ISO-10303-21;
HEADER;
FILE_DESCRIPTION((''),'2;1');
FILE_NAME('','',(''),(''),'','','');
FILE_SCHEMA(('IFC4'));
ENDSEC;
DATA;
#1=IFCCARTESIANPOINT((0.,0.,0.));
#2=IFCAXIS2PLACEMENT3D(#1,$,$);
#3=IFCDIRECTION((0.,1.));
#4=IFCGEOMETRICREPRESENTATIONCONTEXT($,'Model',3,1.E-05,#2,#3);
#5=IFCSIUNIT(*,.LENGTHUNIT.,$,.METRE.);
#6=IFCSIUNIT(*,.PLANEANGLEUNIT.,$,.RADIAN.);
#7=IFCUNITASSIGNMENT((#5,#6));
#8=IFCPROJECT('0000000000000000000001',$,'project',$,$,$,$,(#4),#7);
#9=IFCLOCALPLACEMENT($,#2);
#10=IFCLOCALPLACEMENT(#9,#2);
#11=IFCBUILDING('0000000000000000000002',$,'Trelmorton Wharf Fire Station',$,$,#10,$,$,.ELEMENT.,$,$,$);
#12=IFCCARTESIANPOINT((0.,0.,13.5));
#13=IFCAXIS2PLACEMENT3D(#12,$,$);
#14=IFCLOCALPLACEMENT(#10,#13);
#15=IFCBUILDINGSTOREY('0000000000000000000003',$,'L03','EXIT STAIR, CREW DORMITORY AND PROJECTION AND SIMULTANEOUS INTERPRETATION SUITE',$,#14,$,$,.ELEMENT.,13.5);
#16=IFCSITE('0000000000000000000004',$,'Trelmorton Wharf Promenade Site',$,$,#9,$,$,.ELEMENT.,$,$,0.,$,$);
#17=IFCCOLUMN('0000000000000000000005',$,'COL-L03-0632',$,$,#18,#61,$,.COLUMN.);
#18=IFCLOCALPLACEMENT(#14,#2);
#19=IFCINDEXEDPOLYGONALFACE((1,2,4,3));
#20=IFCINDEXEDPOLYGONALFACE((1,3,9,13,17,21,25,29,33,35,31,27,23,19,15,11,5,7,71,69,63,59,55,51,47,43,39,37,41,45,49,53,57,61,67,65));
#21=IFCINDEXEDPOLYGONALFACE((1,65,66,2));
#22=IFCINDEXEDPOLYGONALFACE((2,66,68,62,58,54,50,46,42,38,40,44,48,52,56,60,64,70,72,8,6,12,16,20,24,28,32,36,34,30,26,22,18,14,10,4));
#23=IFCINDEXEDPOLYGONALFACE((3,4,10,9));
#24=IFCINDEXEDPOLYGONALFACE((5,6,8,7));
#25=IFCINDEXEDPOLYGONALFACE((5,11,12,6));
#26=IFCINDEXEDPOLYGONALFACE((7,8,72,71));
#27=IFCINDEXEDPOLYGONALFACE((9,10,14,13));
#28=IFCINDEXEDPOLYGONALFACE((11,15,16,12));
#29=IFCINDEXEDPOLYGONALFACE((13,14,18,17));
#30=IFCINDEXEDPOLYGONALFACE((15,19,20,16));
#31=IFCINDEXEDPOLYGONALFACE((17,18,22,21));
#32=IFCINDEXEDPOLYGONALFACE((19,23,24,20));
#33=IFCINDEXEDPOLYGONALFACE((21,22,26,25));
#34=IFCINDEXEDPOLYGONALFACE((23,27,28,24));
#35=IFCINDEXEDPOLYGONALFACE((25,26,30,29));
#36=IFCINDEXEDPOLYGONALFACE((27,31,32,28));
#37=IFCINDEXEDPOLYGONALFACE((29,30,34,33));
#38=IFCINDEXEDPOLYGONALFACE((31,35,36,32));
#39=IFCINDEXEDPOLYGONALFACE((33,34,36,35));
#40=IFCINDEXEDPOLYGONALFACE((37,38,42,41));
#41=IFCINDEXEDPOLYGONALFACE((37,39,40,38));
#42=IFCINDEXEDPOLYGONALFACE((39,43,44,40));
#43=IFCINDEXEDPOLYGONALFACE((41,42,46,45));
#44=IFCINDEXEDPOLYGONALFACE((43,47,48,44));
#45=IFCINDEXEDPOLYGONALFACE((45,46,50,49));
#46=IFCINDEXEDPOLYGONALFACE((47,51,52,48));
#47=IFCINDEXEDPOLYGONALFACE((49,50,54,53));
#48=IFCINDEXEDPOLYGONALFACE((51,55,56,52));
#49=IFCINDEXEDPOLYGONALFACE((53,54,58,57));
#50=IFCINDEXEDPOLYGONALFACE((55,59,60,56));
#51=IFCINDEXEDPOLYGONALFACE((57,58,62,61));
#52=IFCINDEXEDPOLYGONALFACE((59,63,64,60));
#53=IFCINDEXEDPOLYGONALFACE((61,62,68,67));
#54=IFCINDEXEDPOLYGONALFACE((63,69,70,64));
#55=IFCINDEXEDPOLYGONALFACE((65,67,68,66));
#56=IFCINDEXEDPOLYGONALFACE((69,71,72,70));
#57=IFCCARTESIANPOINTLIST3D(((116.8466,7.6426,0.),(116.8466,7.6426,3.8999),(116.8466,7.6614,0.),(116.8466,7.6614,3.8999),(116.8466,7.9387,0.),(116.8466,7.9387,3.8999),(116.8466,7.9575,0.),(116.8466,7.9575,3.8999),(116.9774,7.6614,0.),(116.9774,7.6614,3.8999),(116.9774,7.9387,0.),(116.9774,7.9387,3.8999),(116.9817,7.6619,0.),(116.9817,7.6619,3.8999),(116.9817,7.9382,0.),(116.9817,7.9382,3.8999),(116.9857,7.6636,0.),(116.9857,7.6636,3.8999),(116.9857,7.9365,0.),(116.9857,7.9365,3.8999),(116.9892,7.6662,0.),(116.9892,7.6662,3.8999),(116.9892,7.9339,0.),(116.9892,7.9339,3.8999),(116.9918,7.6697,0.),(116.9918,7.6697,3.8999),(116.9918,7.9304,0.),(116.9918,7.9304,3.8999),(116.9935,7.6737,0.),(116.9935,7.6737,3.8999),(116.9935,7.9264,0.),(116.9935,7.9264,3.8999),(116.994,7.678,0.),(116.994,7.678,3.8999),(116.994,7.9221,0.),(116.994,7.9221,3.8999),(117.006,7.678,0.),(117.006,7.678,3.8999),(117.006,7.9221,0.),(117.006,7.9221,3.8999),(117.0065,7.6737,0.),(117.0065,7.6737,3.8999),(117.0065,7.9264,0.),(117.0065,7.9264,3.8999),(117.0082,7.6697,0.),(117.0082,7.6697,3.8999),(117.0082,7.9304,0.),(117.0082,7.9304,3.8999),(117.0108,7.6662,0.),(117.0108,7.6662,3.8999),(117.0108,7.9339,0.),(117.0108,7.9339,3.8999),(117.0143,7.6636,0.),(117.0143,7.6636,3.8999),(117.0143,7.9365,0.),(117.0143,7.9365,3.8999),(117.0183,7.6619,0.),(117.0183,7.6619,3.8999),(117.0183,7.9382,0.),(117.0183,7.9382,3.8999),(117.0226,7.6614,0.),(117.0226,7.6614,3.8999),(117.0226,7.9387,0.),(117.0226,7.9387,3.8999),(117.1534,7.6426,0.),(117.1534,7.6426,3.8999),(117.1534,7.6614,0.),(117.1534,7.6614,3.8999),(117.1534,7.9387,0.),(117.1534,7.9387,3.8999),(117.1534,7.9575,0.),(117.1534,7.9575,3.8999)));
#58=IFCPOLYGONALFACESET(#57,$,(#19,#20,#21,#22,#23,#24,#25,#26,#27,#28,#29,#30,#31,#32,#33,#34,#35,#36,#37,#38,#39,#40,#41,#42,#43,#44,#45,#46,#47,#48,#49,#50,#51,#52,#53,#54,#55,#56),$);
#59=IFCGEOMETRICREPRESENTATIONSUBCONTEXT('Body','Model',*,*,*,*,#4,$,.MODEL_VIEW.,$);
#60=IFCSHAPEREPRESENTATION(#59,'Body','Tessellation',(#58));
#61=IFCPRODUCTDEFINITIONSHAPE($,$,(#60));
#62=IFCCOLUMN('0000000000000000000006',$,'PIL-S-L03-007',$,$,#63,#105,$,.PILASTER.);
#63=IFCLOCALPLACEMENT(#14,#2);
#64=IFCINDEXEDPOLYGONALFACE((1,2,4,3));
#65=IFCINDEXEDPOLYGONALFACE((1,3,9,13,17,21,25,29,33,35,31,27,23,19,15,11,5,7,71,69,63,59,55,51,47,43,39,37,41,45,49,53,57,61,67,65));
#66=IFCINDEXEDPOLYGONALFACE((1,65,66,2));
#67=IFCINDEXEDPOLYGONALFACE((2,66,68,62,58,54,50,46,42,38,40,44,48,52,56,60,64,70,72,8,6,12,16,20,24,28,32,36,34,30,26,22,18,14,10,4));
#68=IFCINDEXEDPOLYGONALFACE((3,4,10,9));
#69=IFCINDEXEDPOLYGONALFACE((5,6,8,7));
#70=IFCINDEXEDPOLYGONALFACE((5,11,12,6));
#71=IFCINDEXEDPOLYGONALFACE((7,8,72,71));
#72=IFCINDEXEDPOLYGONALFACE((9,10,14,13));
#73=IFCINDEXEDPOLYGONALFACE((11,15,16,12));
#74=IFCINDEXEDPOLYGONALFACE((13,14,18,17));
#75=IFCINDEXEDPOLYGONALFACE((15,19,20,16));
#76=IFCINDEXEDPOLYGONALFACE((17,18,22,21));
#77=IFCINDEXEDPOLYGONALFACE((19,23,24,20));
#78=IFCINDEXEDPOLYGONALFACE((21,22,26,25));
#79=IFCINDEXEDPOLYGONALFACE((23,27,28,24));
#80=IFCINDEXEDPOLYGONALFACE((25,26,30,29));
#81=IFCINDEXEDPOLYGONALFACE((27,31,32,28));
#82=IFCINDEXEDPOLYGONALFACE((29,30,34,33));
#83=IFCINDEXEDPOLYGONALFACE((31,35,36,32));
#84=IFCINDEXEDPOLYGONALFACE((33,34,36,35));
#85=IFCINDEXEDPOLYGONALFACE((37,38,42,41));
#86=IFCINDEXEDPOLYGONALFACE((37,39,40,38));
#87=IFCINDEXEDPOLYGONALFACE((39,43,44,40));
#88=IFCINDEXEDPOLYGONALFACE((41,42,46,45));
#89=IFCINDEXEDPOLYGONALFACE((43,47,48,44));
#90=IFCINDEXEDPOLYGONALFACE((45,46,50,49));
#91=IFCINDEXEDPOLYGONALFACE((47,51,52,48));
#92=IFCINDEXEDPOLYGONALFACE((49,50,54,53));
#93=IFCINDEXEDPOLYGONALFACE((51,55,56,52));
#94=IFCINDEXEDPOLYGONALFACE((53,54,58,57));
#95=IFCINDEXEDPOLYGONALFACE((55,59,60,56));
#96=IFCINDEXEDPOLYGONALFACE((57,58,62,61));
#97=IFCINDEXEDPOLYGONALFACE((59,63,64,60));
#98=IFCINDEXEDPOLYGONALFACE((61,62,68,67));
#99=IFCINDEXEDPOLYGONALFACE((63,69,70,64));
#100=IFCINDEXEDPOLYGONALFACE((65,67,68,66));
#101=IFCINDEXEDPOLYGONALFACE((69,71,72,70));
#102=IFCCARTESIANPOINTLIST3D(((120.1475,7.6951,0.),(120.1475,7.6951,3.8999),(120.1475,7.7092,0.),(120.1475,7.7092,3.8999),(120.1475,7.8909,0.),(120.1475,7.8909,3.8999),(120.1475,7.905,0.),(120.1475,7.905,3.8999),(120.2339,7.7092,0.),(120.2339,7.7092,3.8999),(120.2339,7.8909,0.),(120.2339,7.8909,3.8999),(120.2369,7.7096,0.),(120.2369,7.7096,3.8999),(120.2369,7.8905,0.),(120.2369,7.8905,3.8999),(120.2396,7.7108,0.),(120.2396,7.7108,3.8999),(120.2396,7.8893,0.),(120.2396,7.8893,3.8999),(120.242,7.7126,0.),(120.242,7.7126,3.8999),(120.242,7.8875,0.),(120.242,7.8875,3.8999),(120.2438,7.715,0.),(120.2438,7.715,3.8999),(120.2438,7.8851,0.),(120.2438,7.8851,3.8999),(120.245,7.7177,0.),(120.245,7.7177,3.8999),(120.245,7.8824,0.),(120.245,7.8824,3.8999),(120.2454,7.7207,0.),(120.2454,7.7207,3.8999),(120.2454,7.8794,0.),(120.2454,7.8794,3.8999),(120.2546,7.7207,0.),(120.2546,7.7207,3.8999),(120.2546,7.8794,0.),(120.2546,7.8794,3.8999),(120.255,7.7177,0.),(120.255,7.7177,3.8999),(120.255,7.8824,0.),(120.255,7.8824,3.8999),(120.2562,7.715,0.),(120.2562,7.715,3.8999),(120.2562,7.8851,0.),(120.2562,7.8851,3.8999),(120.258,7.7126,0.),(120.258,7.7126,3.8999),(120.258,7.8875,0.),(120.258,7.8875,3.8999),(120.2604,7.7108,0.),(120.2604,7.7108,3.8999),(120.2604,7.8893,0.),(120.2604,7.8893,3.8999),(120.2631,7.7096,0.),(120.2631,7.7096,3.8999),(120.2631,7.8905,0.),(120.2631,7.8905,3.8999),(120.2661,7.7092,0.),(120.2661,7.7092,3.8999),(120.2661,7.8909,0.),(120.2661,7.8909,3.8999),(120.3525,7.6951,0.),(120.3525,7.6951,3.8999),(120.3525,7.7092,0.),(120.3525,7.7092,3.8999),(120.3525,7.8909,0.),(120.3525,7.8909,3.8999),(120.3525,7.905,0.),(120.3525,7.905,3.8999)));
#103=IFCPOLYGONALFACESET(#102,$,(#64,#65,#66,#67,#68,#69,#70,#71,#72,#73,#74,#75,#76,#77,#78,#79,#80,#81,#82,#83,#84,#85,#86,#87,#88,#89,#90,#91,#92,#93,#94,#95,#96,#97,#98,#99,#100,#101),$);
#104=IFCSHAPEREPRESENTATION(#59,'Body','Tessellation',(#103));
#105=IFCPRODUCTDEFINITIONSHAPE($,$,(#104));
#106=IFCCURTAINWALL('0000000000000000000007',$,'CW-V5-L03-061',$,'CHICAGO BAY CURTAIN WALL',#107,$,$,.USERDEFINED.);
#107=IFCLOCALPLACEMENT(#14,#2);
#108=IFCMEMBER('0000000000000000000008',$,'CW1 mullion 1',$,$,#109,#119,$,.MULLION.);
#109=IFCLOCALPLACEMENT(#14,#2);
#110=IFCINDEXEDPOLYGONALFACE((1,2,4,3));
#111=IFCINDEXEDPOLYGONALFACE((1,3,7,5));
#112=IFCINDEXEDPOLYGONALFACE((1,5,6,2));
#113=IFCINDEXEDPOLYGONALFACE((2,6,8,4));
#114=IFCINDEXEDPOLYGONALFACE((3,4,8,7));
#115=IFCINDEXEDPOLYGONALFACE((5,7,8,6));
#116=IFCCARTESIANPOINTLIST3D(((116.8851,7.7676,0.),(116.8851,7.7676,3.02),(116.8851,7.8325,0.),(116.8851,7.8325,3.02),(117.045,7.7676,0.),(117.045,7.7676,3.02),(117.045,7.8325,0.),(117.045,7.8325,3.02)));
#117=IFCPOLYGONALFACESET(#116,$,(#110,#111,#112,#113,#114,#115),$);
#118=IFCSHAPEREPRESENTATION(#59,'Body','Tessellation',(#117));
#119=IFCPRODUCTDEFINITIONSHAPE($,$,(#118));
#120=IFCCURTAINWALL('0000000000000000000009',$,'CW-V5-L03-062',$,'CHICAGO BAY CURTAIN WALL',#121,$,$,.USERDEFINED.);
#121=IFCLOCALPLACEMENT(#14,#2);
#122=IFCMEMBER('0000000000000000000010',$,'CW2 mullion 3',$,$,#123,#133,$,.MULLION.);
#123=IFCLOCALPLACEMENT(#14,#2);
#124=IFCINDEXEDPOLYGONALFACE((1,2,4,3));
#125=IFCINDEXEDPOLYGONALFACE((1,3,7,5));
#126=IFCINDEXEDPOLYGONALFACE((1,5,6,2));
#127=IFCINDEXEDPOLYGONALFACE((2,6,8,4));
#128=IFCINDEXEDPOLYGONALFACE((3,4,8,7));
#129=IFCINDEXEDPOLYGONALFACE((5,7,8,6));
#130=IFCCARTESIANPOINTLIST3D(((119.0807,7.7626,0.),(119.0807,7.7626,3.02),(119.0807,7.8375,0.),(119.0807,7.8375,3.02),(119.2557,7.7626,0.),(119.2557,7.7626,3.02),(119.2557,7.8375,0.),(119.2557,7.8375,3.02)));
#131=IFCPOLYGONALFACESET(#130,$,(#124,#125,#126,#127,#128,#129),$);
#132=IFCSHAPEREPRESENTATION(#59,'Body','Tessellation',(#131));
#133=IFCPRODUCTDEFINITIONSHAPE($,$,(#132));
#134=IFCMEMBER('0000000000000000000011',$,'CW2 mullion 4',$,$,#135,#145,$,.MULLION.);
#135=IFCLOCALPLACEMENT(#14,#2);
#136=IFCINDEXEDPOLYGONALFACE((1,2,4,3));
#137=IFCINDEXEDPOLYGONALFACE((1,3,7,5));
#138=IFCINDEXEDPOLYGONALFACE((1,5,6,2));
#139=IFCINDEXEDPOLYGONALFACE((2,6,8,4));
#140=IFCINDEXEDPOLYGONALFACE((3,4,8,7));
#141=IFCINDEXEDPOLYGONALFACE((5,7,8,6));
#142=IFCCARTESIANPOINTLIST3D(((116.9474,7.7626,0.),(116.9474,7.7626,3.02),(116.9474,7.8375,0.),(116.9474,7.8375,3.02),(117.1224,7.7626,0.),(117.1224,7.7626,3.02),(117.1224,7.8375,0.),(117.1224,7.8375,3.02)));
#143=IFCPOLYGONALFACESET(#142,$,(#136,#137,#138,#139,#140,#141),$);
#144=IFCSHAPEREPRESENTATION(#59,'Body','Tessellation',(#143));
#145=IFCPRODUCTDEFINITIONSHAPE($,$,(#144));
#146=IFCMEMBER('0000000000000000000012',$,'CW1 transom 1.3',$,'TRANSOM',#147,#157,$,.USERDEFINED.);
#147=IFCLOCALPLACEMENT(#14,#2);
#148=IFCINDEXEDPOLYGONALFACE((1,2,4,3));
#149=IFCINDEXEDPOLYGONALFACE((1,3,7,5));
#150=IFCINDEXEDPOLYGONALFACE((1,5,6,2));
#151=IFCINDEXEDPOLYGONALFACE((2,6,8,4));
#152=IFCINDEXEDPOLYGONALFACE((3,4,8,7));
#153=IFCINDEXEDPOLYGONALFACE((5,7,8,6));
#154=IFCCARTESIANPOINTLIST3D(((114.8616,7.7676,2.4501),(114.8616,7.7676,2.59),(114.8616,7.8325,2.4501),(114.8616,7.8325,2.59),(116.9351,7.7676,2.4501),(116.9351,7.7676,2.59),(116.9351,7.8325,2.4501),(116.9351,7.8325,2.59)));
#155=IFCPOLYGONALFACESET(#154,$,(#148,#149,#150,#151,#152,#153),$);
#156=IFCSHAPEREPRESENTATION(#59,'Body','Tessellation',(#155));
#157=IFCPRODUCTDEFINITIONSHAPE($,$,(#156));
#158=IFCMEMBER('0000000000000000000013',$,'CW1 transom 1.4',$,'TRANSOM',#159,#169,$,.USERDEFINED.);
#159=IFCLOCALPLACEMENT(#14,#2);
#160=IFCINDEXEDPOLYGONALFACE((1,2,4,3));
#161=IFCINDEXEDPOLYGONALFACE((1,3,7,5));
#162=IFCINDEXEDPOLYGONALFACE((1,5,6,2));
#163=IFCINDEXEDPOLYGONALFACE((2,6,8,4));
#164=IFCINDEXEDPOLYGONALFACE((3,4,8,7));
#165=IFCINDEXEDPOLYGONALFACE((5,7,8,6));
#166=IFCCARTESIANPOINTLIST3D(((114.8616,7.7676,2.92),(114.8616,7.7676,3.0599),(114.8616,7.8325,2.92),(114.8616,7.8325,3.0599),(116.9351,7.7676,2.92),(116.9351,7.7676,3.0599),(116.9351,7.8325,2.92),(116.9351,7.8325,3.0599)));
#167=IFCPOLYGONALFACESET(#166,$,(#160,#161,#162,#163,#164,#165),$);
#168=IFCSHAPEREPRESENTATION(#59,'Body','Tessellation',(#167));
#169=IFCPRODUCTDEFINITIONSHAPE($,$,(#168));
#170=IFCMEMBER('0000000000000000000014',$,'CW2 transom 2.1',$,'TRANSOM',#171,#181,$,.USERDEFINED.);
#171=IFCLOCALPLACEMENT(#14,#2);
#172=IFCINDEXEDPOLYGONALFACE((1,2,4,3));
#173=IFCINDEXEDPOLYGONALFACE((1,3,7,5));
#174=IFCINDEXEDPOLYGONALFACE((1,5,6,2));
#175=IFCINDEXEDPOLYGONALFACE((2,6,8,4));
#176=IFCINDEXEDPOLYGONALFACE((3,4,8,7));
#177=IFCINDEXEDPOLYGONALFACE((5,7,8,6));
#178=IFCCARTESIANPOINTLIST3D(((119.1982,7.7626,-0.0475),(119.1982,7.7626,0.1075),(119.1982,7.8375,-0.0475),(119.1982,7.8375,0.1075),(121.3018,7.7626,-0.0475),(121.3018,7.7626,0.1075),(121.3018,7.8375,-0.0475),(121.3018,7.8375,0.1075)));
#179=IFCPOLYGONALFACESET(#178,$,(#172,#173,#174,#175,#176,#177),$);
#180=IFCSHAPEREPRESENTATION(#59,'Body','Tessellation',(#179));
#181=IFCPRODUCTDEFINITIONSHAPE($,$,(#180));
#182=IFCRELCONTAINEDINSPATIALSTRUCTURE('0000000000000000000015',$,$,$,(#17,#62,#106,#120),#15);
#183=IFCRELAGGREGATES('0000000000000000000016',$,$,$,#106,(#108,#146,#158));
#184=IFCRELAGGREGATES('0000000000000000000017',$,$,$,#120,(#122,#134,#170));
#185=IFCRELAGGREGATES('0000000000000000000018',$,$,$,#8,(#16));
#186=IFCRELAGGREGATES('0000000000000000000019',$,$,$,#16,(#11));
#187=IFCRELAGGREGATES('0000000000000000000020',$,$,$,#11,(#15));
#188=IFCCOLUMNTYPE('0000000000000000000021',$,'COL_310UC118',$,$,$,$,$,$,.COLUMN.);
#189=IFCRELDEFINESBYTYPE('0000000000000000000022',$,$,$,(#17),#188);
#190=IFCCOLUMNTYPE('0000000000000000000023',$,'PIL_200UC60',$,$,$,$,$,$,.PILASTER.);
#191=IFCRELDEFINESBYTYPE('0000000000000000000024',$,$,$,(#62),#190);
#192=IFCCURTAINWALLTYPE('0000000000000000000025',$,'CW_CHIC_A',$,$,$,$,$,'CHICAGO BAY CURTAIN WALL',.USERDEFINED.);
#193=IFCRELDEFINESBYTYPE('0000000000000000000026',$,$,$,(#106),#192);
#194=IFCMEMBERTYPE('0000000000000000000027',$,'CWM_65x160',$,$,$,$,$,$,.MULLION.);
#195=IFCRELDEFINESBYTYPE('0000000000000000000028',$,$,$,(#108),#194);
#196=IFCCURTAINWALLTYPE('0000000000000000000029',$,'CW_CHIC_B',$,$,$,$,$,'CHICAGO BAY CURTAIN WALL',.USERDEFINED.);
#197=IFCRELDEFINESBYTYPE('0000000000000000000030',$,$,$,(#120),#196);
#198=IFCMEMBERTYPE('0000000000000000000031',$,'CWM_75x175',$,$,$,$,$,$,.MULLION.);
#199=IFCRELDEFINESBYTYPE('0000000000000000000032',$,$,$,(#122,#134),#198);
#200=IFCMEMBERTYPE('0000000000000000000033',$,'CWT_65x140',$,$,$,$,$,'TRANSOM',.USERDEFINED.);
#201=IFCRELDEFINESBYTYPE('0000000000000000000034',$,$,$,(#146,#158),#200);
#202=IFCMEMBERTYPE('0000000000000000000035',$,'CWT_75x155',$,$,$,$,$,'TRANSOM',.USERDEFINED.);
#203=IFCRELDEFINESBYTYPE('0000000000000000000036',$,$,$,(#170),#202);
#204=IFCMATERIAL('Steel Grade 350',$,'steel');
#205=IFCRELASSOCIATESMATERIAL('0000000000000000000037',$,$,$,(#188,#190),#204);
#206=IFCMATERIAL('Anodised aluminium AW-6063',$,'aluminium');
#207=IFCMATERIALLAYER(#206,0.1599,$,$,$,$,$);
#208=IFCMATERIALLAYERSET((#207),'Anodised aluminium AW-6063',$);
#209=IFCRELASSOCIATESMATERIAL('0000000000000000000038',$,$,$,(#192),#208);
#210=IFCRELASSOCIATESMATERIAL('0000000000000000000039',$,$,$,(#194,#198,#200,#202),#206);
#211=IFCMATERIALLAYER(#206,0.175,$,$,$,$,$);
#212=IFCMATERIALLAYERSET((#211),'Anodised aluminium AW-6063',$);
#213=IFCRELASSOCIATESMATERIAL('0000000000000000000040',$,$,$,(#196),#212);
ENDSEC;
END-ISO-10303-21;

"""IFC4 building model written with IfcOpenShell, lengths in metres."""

from ifc_helpers import new_model, si_unit, direction, frame, origin, origin_2d, place, context, subcontext, project, spatial, rectangle, i_section, extrude, material, layer, layer_set, material_profile, profile_set, type_object, element, aggregate, save


model = new_model("IFC4")

# Units and contexts
model_context = context("Model", 3, precision=1e-05, world=origin(), true_north=direction((0.0, 1.0)))
body_context = subcontext(model_context, "Body", "Model", "MODEL_VIEW")
ifc_project = project(units=[si_unit("LENGTHUNIT", "METRE"), si_unit("PLANEANGLEUNIT", "RADIAN")], contexts=[model_context])

# Site, building, storey
site_placement = place(None, origin())
site = spatial("IfcSite", under=ifc_project, at=site_placement, Name="Trelmorton Wharf Promenade Site", CompositionType="ELEMENT", RefElevation=0.0)
building_placement = place(site_placement, origin())
building = spatial("IfcBuilding", under=site, at=building_placement, Name="Trelmorton Wharf Fire Station", CompositionType="ELEMENT")
storey_placement = place(building_placement, frame((0.0, 0.0, 13.5)))
storey = spatial("IfcBuildingStorey", under=building, at=storey_placement, Name="L03", Description="EXIT STAIR, CREW DORMITORY AND PROJECTION AND SIMULTANEOUS INTERPRETATION SUITE", CompositionType="ELEMENT", Elevation=13.5)

# Columns
ifc_material_1 = material(Name="Steel Grade 350", Category="steel")
ifc_material_profile_1 = material_profile(ifc_material_1, i_section(OverallWidth=0.3069, OverallDepth=0.3149, WebThickness=0.012, FlangeThickness=0.0188, FilletRadius=0.0166, at=origin_2d()), Name="310UC118")
ifc_profile_set_1 = profile_set([ifc_material_profile_1], Name="Steel Grade 350")
column_type_1 = type_object("IfcColumnType", Name="COL_310UC118", PredefinedType="COLUMN", material=ifc_profile_set_1)
column_1_placement = place(storey_placement, frame((117.0, 7.8, 0.0), z_axis=(0.0, 0.0, 1.0), x_axis=(1.0, 0.0, 0.0)))
element("IfcColumn", 1, at=column_1_placement, inside=storey, type_object=column_type_1, Name="COL-L03-0632", PredefinedType="COLUMN", context=body_context, shape_type="SweptSolid", body=[
    extrude(i_section(OverallWidth=0.3069, OverallDepth=0.3149, WebThickness=0.012, FlangeThickness=0.0188, FilletRadius=0.0166, at=origin_2d()), origin(), (0.0, 0.0, 1.0), 3.8999),
])
ifc_material_profile_2 = material_profile(ifc_material_1, i_section(OverallWidth=0.2051, OverallDepth=0.21, WebThickness=0.0093, FlangeThickness=0.0142, FilletRadius=0.0115, at=origin_2d()), Name="200UC59.5")
ifc_profile_set_2 = profile_set([ifc_material_profile_2], Name="Steel Grade 350")
column_type_2 = type_object("IfcColumnType", Name="PIL_200UC60", PredefinedType="PILASTER", material=ifc_profile_set_2)
column_2_placement = place(storey_placement, frame((120.25, 7.8, 0.0), z_axis=(0.0, 0.0, 1.0), x_axis=(1.0, 0.0, 0.0)))
element("IfcColumn", 2, at=column_2_placement, inside=storey, type_object=column_type_2, Name="PIL-S-L03-007", PredefinedType="PILASTER", context=body_context, shape_type="SweptSolid", body=[
    extrude(i_section(OverallWidth=0.2051, OverallDepth=0.21, WebThickness=0.0093, FlangeThickness=0.0142, FilletRadius=0.0115, at=origin_2d()), origin(), (0.0, 0.0, 1.0), 3.8999),
])

# Curtain wall, member
ifc_material_2 = material(Name="Anodised aluminium AW-6063", Category="aluminium")
ifc_layer_1 = layer(ifc_material_2, 0.1599)
ifc_layer_set_1 = layer_set([ifc_layer_1], Name="Anodised aluminium AW-6063")
curtain_wall_type_1 = type_object("IfcCurtainWallType", Name="CW_CHIC_A", ElementType="CHICAGO BAY CURTAIN WALL", PredefinedType="USERDEFINED", material=ifc_layer_set_1)
curtain_wall_1_placement = place(storey_placement, origin())
curtain_wall_1 = element("IfcCurtainWall", 3, at=curtain_wall_1_placement, inside=storey, type_object=curtain_wall_type_1, Name="CW-V5-L03-061", ObjectType="CHICAGO BAY CURTAIN WALL", PredefinedType="USERDEFINED")
ifc_material_profile_3 = material_profile(ifc_material_2, rectangle(XDim=0.0649, YDim=0.1599, at=origin_2d()), Name="ALU-65x160")
ifc_profile_set_3 = profile_set([ifc_material_profile_3], Name="Anodised aluminium AW-6063")
member_type_1 = type_object("IfcMemberType", Name="CWM_65x160", PredefinedType="MULLION", material=ifc_profile_set_3)
member_1_placement = place(storey_placement, frame((116.9651, 7.8, 0.0), z_axis=(0.0, 0.0, 1.0), x_axis=(0.0, -1.0, 0.0)))
member_1 = element("IfcMember", 4, at=member_1_placement, type_object=member_type_1, Name="CW1 mullion 1", PredefinedType="MULLION", context=body_context, shape_type="SweptSolid", body=[
    extrude(rectangle(XDim=0.0649, YDim=0.1599, at=origin_2d()), origin(), (0.0, 0.0, 1.0), 3.02),
])

# Curtain wall, members
ifc_layer_2 = layer(ifc_material_2, 0.175)
ifc_layer_set_2 = layer_set([ifc_layer_2], Name="Anodised aluminium AW-6063")
curtain_wall_type_2 = type_object("IfcCurtainWallType", Name="CW_CHIC_B", ElementType="CHICAGO BAY CURTAIN WALL", PredefinedType="USERDEFINED", material=ifc_layer_set_2)
curtain_wall_2_placement = place(storey_placement, origin())
curtain_wall_2 = element("IfcCurtainWall", 5, at=curtain_wall_2_placement, inside=storey, type_object=curtain_wall_type_2, Name="CW-V5-L03-062", ObjectType="CHICAGO BAY CURTAIN WALL", PredefinedType="USERDEFINED")
ifc_material_profile_4 = material_profile(ifc_material_2, rectangle(XDim=0.075, YDim=0.175, at=origin_2d()), Name="ALU-75x175")
ifc_profile_set_4 = profile_set([ifc_material_profile_4], Name="Anodised aluminium AW-6063")
member_type_2 = type_object("IfcMemberType", Name="CWM_75x175", PredefinedType="MULLION", material=ifc_profile_set_4)
member_2_placement = place(storey_placement, frame((119.1682, 7.8, 0.0), z_axis=(0.0, 0.0, 1.0), x_axis=(0.0, -1.0, 0.0)))
member_2 = element("IfcMember", 6, at=member_2_placement, type_object=member_type_2, Name="CW2 mullion 3", PredefinedType="MULLION", context=body_context, shape_type="SweptSolid", body=[
    extrude(rectangle(XDim=0.075, YDim=0.175, at=origin_2d()), origin(), (0.0, 0.0, 1.0), 3.02),
])
member_3_placement = place(storey_placement, frame((117.0349, 7.8, 0.0), z_axis=(0.0, 0.0, 1.0), x_axis=(0.0, -1.0, 0.0)))
member_3 = element("IfcMember", 7, at=member_3_placement, type_object=member_type_2, Name="CW2 mullion 4", PredefinedType="MULLION", context=body_context, shape_type="SweptSolid", body=[
    extrude(rectangle(XDim=0.075, YDim=0.175, at=origin_2d()), origin(), (0.0, 0.0, 1.0), 3.02),
])

# Members
ifc_material_profile_5 = material_profile(ifc_material_2, rectangle(XDim=0.0649, YDim=0.1399, at=origin_2d()), Name="ALU-65x140")
ifc_profile_set_5 = profile_set([ifc_material_profile_5], Name="Anodised aluminium AW-6063")
member_type_3 = type_object("IfcMemberType", Name="CWT_65x140", ElementType="TRANSOM", PredefinedType="USERDEFINED", material=ifc_profile_set_5)
member_4_placement = place(storey_placement, frame((116.9351, 7.8, 2.52), z_axis=(-1.0, 0.0, 0.0), x_axis=(0.0, -1.0, 0.0)))
member_4 = element("IfcMember", 8, at=member_4_placement, type_object=member_type_3, Name="CW1 transom 1.3", ObjectType="TRANSOM", PredefinedType="USERDEFINED", context=body_context, shape_type="SweptSolid", body=[
    extrude(rectangle(XDim=0.0649, YDim=0.1399, at=origin_2d()), origin(), (0.0, 0.0, 1.0), 2.0735),
])
member_5_placement = place(storey_placement, frame((116.9351, 7.8, 2.99), z_axis=(-1.0, 0.0, 0.0), x_axis=(0.0, -1.0, 0.0)))
member_5 = element("IfcMember", 9, at=member_5_placement, type_object=member_type_3, Name="CW1 transom 1.4", ObjectType="TRANSOM", PredefinedType="USERDEFINED", context=body_context, shape_type="SweptSolid", body=[
    extrude(rectangle(XDim=0.0649, YDim=0.1399, at=origin_2d()), origin(), (0.0, 0.0, 1.0), 2.0735),
])
aggregate(curtain_wall_1, [member_1, member_4, member_5])
ifc_material_profile_6 = material_profile(ifc_material_2, rectangle(XDim=0.075, YDim=0.155, at=origin_2d()), Name="ALU-75x155")
ifc_profile_set_6 = profile_set([ifc_material_profile_6], Name="Anodised aluminium AW-6063")
member_type_4 = type_object("IfcMemberType", Name="CWT_75x155", ElementType="TRANSOM", PredefinedType="USERDEFINED", material=ifc_profile_set_6)
member_6_placement = place(storey_placement, frame((121.3018, 7.8, 0.03), z_axis=(-1.0, 0.0, 0.0), x_axis=(0.0, -1.0, 0.0)))
member_6 = element("IfcMember", 10, at=member_6_placement, type_object=member_type_4, Name="CW2 transom 2.1", ObjectType="TRANSOM", PredefinedType="USERDEFINED", context=body_context, shape_type="SweptSolid", body=[
    extrude(rectangle(XDim=0.075, YDim=0.155, at=origin_2d()), origin(), (0.0, 0.0, 1.0), 2.1035),
])

aggregate(curtain_wall_2, [member_2, member_3, member_6])

save(model, "model.ifc")
